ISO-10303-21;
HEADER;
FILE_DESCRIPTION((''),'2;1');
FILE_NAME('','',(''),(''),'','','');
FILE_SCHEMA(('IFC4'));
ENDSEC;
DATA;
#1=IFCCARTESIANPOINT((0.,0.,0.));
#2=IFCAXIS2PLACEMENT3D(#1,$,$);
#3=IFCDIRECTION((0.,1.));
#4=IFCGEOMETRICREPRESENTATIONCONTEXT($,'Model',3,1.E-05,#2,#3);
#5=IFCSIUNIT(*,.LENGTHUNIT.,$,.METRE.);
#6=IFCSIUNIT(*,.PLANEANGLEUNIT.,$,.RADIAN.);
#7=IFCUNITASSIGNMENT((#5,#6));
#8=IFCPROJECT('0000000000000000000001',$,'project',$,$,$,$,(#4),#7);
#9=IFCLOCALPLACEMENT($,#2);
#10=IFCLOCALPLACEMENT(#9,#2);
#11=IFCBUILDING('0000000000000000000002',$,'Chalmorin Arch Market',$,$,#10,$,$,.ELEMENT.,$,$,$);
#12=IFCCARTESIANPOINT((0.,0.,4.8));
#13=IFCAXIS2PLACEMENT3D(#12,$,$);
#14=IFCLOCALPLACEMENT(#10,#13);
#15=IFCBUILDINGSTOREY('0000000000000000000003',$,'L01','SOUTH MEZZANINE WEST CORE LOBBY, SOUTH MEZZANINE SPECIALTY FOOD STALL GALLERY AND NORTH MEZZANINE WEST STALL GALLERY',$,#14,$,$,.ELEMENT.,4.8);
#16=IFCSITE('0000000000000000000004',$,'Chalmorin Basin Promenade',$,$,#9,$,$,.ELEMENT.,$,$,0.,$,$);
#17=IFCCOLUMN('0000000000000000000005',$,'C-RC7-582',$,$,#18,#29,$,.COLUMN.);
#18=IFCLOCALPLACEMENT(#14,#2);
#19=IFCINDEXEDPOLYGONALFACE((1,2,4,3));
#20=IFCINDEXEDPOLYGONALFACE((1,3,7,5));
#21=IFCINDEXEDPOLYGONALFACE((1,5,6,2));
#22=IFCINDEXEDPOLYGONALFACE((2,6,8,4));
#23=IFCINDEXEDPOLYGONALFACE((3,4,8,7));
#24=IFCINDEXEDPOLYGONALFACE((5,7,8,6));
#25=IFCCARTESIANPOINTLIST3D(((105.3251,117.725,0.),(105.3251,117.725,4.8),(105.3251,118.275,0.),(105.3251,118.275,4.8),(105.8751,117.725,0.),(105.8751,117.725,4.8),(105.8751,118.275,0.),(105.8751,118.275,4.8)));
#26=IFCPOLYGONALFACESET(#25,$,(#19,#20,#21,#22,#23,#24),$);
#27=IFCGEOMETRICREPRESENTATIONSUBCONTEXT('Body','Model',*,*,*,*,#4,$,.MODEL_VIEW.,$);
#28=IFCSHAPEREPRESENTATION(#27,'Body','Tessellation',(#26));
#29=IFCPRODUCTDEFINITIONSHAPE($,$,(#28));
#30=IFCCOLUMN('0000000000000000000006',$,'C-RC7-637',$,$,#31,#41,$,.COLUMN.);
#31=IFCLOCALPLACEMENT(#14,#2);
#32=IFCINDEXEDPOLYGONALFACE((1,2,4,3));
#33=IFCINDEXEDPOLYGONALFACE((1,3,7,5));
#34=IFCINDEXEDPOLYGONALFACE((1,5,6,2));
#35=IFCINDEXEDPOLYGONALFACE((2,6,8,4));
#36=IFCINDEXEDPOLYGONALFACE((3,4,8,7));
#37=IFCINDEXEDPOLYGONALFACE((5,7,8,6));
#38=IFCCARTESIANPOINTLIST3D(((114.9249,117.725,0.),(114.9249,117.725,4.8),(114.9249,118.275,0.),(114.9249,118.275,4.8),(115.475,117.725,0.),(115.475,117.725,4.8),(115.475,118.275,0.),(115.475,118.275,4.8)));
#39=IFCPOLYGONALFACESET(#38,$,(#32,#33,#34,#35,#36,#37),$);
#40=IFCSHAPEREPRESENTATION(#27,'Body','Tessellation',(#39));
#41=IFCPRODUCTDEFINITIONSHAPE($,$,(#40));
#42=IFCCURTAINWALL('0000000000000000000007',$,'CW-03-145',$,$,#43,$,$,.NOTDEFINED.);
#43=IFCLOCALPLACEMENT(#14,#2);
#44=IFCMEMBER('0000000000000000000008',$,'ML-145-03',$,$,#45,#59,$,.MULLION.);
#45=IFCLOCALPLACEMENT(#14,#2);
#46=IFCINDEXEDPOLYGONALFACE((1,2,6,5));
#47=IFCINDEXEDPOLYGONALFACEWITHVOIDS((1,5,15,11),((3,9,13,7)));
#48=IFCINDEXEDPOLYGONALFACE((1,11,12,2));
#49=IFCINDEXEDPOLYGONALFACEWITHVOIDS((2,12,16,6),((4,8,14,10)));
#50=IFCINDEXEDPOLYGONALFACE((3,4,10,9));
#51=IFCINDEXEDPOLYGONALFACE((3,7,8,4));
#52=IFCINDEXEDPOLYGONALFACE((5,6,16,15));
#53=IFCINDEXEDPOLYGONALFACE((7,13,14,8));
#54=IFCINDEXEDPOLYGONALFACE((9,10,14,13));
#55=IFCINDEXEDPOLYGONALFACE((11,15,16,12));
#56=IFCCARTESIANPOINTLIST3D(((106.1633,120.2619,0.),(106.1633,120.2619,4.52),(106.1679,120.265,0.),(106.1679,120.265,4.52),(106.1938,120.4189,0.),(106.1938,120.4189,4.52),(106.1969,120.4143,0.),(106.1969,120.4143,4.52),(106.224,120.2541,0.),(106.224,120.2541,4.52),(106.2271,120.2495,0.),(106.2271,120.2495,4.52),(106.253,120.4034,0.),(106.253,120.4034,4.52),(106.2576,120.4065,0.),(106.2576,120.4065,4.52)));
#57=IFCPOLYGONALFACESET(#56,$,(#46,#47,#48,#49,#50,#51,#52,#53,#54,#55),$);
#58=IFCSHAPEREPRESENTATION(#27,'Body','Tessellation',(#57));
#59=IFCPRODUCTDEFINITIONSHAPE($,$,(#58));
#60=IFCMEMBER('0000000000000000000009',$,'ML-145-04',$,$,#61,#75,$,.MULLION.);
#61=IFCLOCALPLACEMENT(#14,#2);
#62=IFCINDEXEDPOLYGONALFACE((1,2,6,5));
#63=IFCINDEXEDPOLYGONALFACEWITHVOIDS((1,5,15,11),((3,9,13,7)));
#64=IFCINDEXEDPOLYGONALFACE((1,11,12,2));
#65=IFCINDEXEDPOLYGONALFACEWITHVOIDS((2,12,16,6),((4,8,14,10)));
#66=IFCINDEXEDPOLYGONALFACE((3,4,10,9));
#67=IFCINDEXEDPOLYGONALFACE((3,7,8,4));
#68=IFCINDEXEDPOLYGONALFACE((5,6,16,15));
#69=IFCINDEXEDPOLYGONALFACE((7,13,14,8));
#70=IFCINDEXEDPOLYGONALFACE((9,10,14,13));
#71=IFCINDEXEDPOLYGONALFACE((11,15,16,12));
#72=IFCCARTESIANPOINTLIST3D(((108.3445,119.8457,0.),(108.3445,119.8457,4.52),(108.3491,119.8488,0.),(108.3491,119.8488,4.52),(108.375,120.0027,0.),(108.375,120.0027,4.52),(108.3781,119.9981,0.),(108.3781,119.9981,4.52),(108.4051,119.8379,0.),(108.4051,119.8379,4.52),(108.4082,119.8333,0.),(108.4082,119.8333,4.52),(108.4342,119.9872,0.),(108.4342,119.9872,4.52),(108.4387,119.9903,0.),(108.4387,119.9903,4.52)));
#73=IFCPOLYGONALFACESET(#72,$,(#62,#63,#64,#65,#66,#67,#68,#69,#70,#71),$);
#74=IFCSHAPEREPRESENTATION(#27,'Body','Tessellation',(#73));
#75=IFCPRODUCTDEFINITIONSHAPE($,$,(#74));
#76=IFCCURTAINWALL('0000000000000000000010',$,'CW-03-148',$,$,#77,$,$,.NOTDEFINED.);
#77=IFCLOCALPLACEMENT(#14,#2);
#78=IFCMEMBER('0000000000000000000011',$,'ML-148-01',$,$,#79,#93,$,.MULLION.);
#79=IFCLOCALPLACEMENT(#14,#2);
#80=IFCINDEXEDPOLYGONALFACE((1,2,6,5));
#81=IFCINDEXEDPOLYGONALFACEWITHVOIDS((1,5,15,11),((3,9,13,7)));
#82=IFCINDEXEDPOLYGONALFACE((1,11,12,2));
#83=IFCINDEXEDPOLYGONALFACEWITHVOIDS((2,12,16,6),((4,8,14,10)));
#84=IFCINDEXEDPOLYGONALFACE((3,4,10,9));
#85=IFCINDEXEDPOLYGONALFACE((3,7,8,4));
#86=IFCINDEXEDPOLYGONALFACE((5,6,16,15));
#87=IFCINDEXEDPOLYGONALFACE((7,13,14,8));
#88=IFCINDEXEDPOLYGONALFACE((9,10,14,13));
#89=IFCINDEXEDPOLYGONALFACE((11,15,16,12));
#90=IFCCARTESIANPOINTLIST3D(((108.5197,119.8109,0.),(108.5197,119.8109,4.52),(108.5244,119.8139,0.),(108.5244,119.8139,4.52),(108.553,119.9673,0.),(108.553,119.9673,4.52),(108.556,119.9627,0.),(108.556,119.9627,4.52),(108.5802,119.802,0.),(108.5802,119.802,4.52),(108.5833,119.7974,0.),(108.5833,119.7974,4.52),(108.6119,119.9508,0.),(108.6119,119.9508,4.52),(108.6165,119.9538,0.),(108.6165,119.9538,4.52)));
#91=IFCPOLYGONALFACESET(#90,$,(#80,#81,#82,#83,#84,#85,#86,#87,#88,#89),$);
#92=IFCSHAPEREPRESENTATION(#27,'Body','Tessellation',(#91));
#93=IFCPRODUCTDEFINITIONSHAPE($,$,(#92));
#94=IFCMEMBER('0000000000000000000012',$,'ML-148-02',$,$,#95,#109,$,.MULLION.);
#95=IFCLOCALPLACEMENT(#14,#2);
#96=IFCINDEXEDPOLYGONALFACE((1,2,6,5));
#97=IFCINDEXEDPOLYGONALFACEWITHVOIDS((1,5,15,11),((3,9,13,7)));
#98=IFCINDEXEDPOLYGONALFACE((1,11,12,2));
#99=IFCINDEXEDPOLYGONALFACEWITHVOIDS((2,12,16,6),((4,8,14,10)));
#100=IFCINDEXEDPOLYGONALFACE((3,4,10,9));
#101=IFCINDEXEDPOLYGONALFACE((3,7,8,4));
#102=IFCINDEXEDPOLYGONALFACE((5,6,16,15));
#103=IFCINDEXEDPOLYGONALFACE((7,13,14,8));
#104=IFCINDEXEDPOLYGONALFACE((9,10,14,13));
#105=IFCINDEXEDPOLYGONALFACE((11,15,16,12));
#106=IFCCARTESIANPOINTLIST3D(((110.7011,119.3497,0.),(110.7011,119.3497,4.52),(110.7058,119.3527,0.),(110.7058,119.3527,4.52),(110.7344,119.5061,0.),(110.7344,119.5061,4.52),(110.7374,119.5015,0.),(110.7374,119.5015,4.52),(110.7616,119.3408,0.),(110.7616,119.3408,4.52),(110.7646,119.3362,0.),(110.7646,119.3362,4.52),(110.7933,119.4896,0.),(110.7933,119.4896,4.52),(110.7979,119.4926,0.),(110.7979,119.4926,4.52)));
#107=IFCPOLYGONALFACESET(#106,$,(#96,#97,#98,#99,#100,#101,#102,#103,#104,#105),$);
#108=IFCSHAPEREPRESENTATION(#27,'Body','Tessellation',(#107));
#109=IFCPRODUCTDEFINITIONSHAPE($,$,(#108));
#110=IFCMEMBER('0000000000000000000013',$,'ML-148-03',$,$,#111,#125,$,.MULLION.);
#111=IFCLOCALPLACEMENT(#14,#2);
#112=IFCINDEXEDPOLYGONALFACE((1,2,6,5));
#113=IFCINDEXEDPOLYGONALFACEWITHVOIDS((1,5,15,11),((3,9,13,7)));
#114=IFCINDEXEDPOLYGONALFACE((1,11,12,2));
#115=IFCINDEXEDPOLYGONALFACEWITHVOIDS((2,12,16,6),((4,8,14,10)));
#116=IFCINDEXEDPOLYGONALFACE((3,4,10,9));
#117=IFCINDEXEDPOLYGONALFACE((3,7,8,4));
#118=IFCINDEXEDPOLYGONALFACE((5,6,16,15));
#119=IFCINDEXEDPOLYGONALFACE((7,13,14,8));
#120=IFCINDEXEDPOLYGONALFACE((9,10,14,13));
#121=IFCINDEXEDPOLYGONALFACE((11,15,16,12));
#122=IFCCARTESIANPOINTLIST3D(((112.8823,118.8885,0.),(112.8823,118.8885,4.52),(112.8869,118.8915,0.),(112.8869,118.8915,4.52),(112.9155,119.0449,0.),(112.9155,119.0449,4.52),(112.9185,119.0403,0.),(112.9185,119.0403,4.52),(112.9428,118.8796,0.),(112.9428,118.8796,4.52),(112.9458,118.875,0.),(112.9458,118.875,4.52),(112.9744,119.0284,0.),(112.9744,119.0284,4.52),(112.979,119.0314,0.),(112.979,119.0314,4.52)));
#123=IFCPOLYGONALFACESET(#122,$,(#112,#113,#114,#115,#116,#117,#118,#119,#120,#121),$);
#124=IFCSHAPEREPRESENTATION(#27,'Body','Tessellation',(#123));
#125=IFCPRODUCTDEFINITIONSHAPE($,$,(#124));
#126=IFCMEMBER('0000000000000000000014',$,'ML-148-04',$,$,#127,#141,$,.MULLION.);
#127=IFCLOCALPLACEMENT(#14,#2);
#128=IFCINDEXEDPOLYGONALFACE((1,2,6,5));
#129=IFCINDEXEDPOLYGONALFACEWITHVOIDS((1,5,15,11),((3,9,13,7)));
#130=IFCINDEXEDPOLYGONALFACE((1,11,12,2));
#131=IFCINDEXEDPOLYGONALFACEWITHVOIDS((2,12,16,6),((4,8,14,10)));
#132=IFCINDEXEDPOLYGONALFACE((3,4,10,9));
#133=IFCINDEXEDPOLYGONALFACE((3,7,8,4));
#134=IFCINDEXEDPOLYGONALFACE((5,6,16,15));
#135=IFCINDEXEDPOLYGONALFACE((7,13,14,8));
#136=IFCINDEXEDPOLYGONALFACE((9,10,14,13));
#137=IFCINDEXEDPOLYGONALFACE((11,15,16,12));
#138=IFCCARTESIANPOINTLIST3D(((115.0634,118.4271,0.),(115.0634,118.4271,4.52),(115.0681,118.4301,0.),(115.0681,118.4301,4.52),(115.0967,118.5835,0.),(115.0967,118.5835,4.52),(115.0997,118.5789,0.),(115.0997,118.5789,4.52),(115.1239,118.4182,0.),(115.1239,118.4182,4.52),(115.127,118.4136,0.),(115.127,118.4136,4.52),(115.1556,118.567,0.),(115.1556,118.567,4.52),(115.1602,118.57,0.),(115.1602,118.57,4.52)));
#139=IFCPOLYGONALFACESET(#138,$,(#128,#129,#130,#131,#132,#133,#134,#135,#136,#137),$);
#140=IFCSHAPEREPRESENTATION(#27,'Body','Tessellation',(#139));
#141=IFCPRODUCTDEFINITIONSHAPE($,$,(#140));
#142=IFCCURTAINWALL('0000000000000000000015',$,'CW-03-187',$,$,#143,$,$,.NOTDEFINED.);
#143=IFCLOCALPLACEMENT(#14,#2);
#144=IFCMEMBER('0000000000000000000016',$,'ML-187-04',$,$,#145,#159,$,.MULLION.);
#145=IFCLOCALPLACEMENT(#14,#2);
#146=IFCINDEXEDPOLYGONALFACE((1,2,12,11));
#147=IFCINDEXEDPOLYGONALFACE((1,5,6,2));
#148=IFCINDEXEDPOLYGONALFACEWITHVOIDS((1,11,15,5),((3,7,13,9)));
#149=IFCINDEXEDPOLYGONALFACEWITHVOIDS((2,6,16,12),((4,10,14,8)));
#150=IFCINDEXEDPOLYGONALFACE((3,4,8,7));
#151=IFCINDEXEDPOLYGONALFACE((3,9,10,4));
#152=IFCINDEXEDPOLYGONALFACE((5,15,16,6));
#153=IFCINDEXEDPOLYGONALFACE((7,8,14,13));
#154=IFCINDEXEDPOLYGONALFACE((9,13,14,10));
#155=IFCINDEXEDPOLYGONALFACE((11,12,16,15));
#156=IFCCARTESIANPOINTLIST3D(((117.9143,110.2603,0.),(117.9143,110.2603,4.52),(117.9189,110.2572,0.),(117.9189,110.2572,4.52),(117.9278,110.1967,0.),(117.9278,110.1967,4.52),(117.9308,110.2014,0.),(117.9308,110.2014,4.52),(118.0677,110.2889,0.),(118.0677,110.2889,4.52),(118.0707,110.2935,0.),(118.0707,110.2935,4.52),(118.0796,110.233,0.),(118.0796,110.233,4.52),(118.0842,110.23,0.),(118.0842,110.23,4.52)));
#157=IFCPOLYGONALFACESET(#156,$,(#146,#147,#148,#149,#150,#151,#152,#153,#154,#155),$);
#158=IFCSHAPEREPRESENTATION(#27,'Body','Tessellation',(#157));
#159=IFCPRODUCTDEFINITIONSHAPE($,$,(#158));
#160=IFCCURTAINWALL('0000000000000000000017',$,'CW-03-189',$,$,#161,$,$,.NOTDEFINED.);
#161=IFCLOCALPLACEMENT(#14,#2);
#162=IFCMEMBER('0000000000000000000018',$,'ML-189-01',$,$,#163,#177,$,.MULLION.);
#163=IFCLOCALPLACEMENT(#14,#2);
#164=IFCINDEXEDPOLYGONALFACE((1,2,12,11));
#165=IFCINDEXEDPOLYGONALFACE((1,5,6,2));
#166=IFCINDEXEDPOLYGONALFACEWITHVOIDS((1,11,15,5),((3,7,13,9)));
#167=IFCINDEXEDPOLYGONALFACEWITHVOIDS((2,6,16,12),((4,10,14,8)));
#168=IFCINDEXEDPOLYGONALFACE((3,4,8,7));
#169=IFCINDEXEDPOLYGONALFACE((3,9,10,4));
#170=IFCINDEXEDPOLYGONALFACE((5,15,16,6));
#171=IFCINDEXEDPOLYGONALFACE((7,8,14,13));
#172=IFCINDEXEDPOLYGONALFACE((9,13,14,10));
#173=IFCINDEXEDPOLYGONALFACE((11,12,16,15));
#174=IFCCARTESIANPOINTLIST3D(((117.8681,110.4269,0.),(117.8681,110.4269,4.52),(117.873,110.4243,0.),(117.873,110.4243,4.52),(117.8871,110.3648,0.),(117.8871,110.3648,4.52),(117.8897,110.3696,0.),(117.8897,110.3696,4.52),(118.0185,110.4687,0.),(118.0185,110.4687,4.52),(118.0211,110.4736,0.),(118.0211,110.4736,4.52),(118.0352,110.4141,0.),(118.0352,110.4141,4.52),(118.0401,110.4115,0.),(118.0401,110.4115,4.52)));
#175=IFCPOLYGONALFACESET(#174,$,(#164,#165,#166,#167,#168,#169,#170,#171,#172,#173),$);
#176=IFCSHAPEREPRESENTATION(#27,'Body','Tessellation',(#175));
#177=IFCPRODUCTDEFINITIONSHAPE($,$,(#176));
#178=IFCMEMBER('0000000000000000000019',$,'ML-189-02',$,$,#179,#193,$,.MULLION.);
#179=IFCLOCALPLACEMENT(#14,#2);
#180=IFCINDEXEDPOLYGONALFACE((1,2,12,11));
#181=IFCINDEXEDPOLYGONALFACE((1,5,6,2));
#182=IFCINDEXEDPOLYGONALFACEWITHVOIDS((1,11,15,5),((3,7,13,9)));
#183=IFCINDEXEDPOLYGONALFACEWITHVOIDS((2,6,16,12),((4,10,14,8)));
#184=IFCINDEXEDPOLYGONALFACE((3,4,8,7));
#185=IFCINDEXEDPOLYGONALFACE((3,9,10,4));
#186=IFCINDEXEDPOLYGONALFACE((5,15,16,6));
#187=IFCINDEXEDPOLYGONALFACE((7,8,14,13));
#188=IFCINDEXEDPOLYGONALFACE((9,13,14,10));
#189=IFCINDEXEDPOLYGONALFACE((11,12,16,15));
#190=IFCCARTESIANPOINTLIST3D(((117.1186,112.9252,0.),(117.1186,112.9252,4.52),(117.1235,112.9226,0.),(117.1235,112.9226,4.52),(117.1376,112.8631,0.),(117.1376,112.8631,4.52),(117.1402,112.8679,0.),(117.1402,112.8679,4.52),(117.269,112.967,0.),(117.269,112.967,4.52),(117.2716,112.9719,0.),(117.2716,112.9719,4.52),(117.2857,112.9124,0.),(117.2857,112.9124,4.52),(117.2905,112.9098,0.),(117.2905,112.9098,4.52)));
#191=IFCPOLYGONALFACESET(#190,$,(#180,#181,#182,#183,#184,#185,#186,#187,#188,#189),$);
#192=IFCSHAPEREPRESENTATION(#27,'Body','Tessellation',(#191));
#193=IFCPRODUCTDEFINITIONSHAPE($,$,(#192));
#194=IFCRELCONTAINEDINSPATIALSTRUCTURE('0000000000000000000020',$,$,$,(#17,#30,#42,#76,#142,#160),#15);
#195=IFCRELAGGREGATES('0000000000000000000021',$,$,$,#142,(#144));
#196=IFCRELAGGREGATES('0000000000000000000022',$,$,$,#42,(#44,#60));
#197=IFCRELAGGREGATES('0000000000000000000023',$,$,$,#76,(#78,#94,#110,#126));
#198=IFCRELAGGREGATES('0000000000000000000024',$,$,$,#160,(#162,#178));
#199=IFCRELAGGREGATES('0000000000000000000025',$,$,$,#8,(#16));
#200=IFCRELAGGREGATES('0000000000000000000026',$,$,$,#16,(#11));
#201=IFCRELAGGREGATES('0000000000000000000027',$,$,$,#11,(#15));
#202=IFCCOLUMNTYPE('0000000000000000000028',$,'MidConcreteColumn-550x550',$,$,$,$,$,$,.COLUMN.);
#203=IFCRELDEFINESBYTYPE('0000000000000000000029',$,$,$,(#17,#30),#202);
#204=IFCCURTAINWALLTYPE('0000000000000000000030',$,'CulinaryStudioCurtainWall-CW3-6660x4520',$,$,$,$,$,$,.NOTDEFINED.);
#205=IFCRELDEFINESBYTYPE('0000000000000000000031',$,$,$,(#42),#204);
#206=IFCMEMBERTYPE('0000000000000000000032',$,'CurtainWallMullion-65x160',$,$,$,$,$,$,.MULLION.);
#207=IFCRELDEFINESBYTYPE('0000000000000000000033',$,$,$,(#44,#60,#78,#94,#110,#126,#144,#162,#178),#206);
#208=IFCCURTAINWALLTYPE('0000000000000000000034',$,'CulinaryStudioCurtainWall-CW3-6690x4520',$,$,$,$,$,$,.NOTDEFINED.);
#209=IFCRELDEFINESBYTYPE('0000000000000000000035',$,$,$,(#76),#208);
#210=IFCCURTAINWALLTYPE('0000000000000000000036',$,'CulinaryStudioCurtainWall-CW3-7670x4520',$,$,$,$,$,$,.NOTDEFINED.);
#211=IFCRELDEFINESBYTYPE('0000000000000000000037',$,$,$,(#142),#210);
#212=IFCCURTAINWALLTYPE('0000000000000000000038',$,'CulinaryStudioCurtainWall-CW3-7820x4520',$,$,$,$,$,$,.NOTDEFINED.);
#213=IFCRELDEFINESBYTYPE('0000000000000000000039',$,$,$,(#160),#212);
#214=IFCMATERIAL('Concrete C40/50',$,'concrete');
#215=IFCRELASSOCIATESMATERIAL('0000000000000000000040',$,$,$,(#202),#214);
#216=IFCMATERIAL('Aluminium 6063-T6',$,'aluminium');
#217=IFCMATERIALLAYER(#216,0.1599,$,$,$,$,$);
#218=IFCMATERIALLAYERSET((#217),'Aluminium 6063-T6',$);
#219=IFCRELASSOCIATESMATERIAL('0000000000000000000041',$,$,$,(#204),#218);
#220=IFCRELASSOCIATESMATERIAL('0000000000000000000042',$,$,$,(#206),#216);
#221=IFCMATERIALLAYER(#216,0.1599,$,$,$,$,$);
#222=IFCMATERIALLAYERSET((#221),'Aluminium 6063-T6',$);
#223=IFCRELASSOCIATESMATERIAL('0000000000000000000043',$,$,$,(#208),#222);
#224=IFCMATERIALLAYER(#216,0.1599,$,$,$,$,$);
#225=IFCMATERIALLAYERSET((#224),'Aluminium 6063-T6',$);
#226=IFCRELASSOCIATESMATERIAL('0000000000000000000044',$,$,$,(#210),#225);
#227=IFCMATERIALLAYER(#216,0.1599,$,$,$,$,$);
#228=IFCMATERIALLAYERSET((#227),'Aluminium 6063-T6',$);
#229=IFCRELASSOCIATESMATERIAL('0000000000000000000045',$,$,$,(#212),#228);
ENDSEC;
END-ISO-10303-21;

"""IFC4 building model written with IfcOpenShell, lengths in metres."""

from ifc_helpers import new_model, si_unit, direction, frame, origin, origin_2d, place, context, subcontext, project, spatial, rectangle, hollow_rectangle, extrude, material, layer, layer_set, material_profile, profile_set, type_object, element, aggregate, save


model = new_model("IFC4")

# Units and contexts
model_context = context("Model", 3, precision=1e-05, world=origin(), true_north=direction((0.0, 1.0)))
body_context = subcontext(model_context, "Body", "Model", "MODEL_VIEW")
ifc_project = project(units=[si_unit("LENGTHUNIT", "METRE"), si_unit("PLANEANGLEUNIT", "RADIAN")], contexts=[model_context])

# Site, building, storey
site_placement = place(None, origin())
site = spatial("IfcSite", under=ifc_project, at=site_placement, Name="Chalmorin Basin Promenade", CompositionType="ELEMENT", RefElevation=0.0)
building_placement = place(site_placement, origin())
building = spatial("IfcBuilding", under=site, at=building_placement, Name="Chalmorin Arch Market", CompositionType="ELEMENT")
storey_placement = place(building_placement, frame((0.0, 0.0, 4.8)))
storey = spatial("IfcBuildingStorey", under=building, at=storey_placement, Name="L01", Description="SOUTH MEZZANINE WEST CORE LOBBY, SOUTH MEZZANINE SPECIALTY FOOD STALL GALLERY AND NORTH MEZZANINE WEST STALL GALLERY", CompositionType="ELEMENT", Elevation=4.8)

# Columns
ifc_material_1 = material(Name="Concrete C40/50", Category="concrete")
ifc_material_profile_1 = material_profile(ifc_material_1, rectangle(XDim=0.55, YDim=0.55, at=origin_2d()), Name="RC550X550")
ifc_profile_set_1 = profile_set([ifc_material_profile_1], Name="Concrete C40/50")
column_type = type_object("IfcColumnType", Name="MidConcreteColumn-550x550", PredefinedType="COLUMN", material=ifc_profile_set_1)
for number, where, z_axis, x_axis, name in (
    (1, (105.6001, 118.0, 0.0), (0.0, 0.0, 1.0), (1.0, 0.0, 0.0), "C-RC7-582"),
    (2, (115.2, 118.0, 0.0), (0.0, 0.0, 1.0), (1.0, 0.0, 0.0), "C-RC7-637"),
):
    element("IfcColumn", number, at=place(storey_placement, frame(where, z_axis=z_axis, x_axis=x_axis)), inside=storey, type_object=column_type, Name=name, PredefinedType="COLUMN", context=body_context, shape_type="SweptSolid", body=[
        extrude(rectangle(XDim=0.55, YDim=0.55, at=origin_2d()), origin(), (0.0, 0.0, 1.0), 4.8),
    ])

# Curtain walls, members
ifc_material_2 = material(Name="Aluminium 6063-T6", Category="aluminium")
ifc_layer_1 = layer(ifc_material_2, 0.1599)
ifc_layer_set_1 = layer_set([ifc_layer_1], Name="Aluminium 6063-T6")
curtain_wall_type_1 = type_object("IfcCurtainWallType", Name="CulinaryStudioCurtainWall-CW3-6660x4520", PredefinedType="NOTDEFINED", material=ifc_layer_set_1)
curtain_wall_1_placement = place(storey_placement, origin())
curtain_wall_1 = element("IfcCurtainWall", 3, at=curtain_wall_1_placement, inside=storey, type_object=curtain_wall_type_1, Name="CW-03-145", PredefinedType="NOTDEFINED")
ifc_material_profile_2 = material_profile(ifc_material_2, hollow_rectangle(XDim=0.0649, YDim=0.1599, WallThickness=0.0039, at=origin_2d()), Name="ALU65X160X4")
ifc_profile_set_2 = profile_set([ifc_material_profile_2], Name="Aluminium 6063-T6")
member_type_1 = type_object("IfcMemberType", Name="CurtainWallMullion-65x160", PredefinedType="MULLION", material=ifc_profile_set_2)
member_1_placement = place(storey_placement, frame((106.2104, 120.3342, 0.0), z_axis=(0.0, 0.0, 1.0), x_axis=(0.981627, -0.190809, 0.0)))
member_1 = element("IfcMember", 4, at=member_1_placement, type_object=member_type_1, Name="ML-145-03", PredefinedType="MULLION", context=body_context, shape_type="SweptSolid", body=[
    extrude(hollow_rectangle(XDim=0.0649, YDim=0.1599, WallThickness=0.0039, at=origin_2d()), origin(), (0.0, 0.0, 1.0), 4.52),
])
member_2_placement = place(storey_placement, frame((108.3916, 119.918, 0.0), z_axis=(0.0, 0.0, 1.0), x_axis=(0.981627, -0.190809, 0.0)))
member_2 = element("IfcMember", 5, at=member_2_placement, type_object=member_type_1, Name="ML-145-04", PredefinedType="MULLION", context=body_context, shape_type="SweptSolid", body=[
    extrude(hollow_rectangle(XDim=0.0649, YDim=0.1599, WallThickness=0.0039, at=origin_2d()), origin(), (0.0, 0.0, 1.0), 4.52),
])
ifc_layer_2 = layer(ifc_material_2, 0.1599)
ifc_layer_set_2 = layer_set([ifc_layer_2], Name="Aluminium 6063-T6")
curtain_wall_type_2 = type_object("IfcCurtainWallType", Name="CulinaryStudioCurtainWall-CW3-6690x4520", PredefinedType="NOTDEFINED", material=ifc_layer_set_2)
curtain_wall_2_placement = place(storey_placement, origin())
curtain_wall_2 = element("IfcCurtainWall", 6, at=curtain_wall_2_placement, inside=storey, type_object=curtain_wall_type_2, Name="CW-03-148", PredefinedType="NOTDEFINED")
member_3_placement = place(storey_placement, frame((108.5681, 119.8823, 0.0), z_axis=(0.0, 0.0, 1.0), x_axis=(0.978148, -0.207912, 0.0)))
member_3 = element("IfcMember", 7, at=member_3_placement, type_object=member_type_1, Name="ML-148-01", PredefinedType="MULLION", context=body_context, shape_type="SweptSolid", body=[
    extrude(hollow_rectangle(XDim=0.0649, YDim=0.1599, WallThickness=0.0039, at=origin_2d()), origin(), (0.0, 0.0, 1.0), 4.52),
])
member_4_placement = place(storey_placement, frame((110.7495, 119.4211, 0.0), z_axis=(0.0, 0.0, 1.0), x_axis=(0.978148, -0.207912, 0.0)))
member_4 = element("IfcMember", 8, at=member_4_placement, type_object=member_type_1, Name="ML-148-02", PredefinedType="MULLION", context=body_context, shape_type="SweptSolid", body=[
    extrude(hollow_rectangle(XDim=0.0649, YDim=0.1599, WallThickness=0.0039, at=origin_2d()), origin(), (0.0, 0.0, 1.0), 4.52),
])
member_5_placement = place(storey_placement, frame((112.9307, 118.96, 0.0), z_axis=(0.0, 0.0, 1.0), x_axis=(0.978148, -0.207912, 0.0)))
member_5 = element("IfcMember", 9, at=member_5_placement, type_object=member_type_1, Name="ML-148-03", PredefinedType="MULLION", context=body_context, shape_type="SweptSolid", body=[
    extrude(hollow_rectangle(XDim=0.0649, YDim=0.1599, WallThickness=0.0039, at=origin_2d()), origin(), (0.0, 0.0, 1.0), 4.52),
])
member_6_placement = place(storey_placement, frame((115.1118, 118.4985, 0.0), z_axis=(0.0, 0.0, 1.0), x_axis=(0.978148, -0.207912, 0.0)))
member_6 = element("IfcMember", 10, at=member_6_placement, type_object=member_type_1, Name="ML-148-04", PredefinedType="MULLION", context=body_context, shape_type="SweptSolid", body=[
    extrude(hollow_rectangle(XDim=0.0649, YDim=0.1599, WallThickness=0.0039, at=origin_2d()), origin(), (0.0, 0.0, 1.0), 4.52),
])

# Curtain wall, member
ifc_layer_3 = layer(ifc_material_2, 0.1599)
ifc_layer_set_3 = layer_set([ifc_layer_3], Name="Aluminium 6063-T6")
curtain_wall_type_3 = type_object("IfcCurtainWallType", Name="CulinaryStudioCurtainWall-CW3-7670x4520", PredefinedType="NOTDEFINED", material=ifc_layer_set_3)
curtain_wall_3_placement = place(storey_placement, origin())
curtain_wall_3 = element("IfcCurtainWall", 11, at=curtain_wall_3_placement, inside=storey, type_object=curtain_wall_type_3, Name="CW-03-187", PredefinedType="NOTDEFINED")
member_7_placement = place(storey_placement, frame((117.9993, 110.2451, 0.0), z_axis=(0.0, 0.0, 1.0), x_axis=(-0.207912, 0.978148, 0.0)))
member_7 = element("IfcMember", 12, at=member_7_placement, type_object=member_type_1, Name="ML-187-04", PredefinedType="MULLION", context=body_context, shape_type="SweptSolid", body=[
    extrude(hollow_rectangle(XDim=0.0649, YDim=0.1599, WallThickness=0.0039, at=origin_2d()), origin(), (0.0, 0.0, 1.0), 4.52),
])
aggregate(curtain_wall_3, [member_7])

# Curtain wall, members
ifc_layer_4 = layer(ifc_material_2, 0.1599)
ifc_layer_set_4 = layer_set([ifc_layer_4], Name="Aluminium 6063-T6")
curtain_wall_type_4 = type_object("IfcCurtainWallType", Name="CulinaryStudioCurtainWall-CW3-7820x4520", PredefinedType="NOTDEFINED", material=ifc_layer_set_4)
curtain_wall_4_placement = place(storey_placement, origin())
curtain_wall_4 = element("IfcCurtainWall", 13, at=curtain_wall_4_placement, inside=storey, type_object=curtain_wall_type_4, Name="CW-03-189", PredefinedType="NOTDEFINED")
member_8_placement = place(storey_placement, frame((117.9541, 110.4192, 0.0), z_axis=(0.0, 0.0, 1.0), x_axis=(-0.292372, 0.956305, 0.0)))
member_8 = element("IfcMember", 14, at=member_8_placement, type_object=member_type_1, Name="ML-189-01", PredefinedType="MULLION", context=body_context, shape_type="SweptSolid", body=[
    extrude(hollow_rectangle(XDim=0.0649, YDim=0.1599, WallThickness=0.0039, at=origin_2d()), origin(), (0.0, 0.0, 1.0), 4.52),
])
member_9_placement = place(storey_placement, frame((117.2046, 112.9175, 0.0), z_axis=(0.0, 0.0, 1.0), x_axis=(-0.292372, 0.956305, 0.0)))
member_9 = element("IfcMember", 15, at=member_9_placement, type_object=member_type_1, Name="ML-189-02", PredefinedType="MULLION", context=body_context, shape_type="SweptSolid", body=[
    extrude(hollow_rectangle(XDim=0.0649, YDim=0.1599, WallThickness=0.0039, at=origin_2d()), origin(), (0.0, 0.0, 1.0), 4.52),
])

aggregate(curtain_wall_1, [member_1, member_2])
aggregate(curtain_wall_2, [member_3, member_4, member_5, member_6])
aggregate(curtain_wall_4, [member_8, member_9])

save(model, "model.ifc")
